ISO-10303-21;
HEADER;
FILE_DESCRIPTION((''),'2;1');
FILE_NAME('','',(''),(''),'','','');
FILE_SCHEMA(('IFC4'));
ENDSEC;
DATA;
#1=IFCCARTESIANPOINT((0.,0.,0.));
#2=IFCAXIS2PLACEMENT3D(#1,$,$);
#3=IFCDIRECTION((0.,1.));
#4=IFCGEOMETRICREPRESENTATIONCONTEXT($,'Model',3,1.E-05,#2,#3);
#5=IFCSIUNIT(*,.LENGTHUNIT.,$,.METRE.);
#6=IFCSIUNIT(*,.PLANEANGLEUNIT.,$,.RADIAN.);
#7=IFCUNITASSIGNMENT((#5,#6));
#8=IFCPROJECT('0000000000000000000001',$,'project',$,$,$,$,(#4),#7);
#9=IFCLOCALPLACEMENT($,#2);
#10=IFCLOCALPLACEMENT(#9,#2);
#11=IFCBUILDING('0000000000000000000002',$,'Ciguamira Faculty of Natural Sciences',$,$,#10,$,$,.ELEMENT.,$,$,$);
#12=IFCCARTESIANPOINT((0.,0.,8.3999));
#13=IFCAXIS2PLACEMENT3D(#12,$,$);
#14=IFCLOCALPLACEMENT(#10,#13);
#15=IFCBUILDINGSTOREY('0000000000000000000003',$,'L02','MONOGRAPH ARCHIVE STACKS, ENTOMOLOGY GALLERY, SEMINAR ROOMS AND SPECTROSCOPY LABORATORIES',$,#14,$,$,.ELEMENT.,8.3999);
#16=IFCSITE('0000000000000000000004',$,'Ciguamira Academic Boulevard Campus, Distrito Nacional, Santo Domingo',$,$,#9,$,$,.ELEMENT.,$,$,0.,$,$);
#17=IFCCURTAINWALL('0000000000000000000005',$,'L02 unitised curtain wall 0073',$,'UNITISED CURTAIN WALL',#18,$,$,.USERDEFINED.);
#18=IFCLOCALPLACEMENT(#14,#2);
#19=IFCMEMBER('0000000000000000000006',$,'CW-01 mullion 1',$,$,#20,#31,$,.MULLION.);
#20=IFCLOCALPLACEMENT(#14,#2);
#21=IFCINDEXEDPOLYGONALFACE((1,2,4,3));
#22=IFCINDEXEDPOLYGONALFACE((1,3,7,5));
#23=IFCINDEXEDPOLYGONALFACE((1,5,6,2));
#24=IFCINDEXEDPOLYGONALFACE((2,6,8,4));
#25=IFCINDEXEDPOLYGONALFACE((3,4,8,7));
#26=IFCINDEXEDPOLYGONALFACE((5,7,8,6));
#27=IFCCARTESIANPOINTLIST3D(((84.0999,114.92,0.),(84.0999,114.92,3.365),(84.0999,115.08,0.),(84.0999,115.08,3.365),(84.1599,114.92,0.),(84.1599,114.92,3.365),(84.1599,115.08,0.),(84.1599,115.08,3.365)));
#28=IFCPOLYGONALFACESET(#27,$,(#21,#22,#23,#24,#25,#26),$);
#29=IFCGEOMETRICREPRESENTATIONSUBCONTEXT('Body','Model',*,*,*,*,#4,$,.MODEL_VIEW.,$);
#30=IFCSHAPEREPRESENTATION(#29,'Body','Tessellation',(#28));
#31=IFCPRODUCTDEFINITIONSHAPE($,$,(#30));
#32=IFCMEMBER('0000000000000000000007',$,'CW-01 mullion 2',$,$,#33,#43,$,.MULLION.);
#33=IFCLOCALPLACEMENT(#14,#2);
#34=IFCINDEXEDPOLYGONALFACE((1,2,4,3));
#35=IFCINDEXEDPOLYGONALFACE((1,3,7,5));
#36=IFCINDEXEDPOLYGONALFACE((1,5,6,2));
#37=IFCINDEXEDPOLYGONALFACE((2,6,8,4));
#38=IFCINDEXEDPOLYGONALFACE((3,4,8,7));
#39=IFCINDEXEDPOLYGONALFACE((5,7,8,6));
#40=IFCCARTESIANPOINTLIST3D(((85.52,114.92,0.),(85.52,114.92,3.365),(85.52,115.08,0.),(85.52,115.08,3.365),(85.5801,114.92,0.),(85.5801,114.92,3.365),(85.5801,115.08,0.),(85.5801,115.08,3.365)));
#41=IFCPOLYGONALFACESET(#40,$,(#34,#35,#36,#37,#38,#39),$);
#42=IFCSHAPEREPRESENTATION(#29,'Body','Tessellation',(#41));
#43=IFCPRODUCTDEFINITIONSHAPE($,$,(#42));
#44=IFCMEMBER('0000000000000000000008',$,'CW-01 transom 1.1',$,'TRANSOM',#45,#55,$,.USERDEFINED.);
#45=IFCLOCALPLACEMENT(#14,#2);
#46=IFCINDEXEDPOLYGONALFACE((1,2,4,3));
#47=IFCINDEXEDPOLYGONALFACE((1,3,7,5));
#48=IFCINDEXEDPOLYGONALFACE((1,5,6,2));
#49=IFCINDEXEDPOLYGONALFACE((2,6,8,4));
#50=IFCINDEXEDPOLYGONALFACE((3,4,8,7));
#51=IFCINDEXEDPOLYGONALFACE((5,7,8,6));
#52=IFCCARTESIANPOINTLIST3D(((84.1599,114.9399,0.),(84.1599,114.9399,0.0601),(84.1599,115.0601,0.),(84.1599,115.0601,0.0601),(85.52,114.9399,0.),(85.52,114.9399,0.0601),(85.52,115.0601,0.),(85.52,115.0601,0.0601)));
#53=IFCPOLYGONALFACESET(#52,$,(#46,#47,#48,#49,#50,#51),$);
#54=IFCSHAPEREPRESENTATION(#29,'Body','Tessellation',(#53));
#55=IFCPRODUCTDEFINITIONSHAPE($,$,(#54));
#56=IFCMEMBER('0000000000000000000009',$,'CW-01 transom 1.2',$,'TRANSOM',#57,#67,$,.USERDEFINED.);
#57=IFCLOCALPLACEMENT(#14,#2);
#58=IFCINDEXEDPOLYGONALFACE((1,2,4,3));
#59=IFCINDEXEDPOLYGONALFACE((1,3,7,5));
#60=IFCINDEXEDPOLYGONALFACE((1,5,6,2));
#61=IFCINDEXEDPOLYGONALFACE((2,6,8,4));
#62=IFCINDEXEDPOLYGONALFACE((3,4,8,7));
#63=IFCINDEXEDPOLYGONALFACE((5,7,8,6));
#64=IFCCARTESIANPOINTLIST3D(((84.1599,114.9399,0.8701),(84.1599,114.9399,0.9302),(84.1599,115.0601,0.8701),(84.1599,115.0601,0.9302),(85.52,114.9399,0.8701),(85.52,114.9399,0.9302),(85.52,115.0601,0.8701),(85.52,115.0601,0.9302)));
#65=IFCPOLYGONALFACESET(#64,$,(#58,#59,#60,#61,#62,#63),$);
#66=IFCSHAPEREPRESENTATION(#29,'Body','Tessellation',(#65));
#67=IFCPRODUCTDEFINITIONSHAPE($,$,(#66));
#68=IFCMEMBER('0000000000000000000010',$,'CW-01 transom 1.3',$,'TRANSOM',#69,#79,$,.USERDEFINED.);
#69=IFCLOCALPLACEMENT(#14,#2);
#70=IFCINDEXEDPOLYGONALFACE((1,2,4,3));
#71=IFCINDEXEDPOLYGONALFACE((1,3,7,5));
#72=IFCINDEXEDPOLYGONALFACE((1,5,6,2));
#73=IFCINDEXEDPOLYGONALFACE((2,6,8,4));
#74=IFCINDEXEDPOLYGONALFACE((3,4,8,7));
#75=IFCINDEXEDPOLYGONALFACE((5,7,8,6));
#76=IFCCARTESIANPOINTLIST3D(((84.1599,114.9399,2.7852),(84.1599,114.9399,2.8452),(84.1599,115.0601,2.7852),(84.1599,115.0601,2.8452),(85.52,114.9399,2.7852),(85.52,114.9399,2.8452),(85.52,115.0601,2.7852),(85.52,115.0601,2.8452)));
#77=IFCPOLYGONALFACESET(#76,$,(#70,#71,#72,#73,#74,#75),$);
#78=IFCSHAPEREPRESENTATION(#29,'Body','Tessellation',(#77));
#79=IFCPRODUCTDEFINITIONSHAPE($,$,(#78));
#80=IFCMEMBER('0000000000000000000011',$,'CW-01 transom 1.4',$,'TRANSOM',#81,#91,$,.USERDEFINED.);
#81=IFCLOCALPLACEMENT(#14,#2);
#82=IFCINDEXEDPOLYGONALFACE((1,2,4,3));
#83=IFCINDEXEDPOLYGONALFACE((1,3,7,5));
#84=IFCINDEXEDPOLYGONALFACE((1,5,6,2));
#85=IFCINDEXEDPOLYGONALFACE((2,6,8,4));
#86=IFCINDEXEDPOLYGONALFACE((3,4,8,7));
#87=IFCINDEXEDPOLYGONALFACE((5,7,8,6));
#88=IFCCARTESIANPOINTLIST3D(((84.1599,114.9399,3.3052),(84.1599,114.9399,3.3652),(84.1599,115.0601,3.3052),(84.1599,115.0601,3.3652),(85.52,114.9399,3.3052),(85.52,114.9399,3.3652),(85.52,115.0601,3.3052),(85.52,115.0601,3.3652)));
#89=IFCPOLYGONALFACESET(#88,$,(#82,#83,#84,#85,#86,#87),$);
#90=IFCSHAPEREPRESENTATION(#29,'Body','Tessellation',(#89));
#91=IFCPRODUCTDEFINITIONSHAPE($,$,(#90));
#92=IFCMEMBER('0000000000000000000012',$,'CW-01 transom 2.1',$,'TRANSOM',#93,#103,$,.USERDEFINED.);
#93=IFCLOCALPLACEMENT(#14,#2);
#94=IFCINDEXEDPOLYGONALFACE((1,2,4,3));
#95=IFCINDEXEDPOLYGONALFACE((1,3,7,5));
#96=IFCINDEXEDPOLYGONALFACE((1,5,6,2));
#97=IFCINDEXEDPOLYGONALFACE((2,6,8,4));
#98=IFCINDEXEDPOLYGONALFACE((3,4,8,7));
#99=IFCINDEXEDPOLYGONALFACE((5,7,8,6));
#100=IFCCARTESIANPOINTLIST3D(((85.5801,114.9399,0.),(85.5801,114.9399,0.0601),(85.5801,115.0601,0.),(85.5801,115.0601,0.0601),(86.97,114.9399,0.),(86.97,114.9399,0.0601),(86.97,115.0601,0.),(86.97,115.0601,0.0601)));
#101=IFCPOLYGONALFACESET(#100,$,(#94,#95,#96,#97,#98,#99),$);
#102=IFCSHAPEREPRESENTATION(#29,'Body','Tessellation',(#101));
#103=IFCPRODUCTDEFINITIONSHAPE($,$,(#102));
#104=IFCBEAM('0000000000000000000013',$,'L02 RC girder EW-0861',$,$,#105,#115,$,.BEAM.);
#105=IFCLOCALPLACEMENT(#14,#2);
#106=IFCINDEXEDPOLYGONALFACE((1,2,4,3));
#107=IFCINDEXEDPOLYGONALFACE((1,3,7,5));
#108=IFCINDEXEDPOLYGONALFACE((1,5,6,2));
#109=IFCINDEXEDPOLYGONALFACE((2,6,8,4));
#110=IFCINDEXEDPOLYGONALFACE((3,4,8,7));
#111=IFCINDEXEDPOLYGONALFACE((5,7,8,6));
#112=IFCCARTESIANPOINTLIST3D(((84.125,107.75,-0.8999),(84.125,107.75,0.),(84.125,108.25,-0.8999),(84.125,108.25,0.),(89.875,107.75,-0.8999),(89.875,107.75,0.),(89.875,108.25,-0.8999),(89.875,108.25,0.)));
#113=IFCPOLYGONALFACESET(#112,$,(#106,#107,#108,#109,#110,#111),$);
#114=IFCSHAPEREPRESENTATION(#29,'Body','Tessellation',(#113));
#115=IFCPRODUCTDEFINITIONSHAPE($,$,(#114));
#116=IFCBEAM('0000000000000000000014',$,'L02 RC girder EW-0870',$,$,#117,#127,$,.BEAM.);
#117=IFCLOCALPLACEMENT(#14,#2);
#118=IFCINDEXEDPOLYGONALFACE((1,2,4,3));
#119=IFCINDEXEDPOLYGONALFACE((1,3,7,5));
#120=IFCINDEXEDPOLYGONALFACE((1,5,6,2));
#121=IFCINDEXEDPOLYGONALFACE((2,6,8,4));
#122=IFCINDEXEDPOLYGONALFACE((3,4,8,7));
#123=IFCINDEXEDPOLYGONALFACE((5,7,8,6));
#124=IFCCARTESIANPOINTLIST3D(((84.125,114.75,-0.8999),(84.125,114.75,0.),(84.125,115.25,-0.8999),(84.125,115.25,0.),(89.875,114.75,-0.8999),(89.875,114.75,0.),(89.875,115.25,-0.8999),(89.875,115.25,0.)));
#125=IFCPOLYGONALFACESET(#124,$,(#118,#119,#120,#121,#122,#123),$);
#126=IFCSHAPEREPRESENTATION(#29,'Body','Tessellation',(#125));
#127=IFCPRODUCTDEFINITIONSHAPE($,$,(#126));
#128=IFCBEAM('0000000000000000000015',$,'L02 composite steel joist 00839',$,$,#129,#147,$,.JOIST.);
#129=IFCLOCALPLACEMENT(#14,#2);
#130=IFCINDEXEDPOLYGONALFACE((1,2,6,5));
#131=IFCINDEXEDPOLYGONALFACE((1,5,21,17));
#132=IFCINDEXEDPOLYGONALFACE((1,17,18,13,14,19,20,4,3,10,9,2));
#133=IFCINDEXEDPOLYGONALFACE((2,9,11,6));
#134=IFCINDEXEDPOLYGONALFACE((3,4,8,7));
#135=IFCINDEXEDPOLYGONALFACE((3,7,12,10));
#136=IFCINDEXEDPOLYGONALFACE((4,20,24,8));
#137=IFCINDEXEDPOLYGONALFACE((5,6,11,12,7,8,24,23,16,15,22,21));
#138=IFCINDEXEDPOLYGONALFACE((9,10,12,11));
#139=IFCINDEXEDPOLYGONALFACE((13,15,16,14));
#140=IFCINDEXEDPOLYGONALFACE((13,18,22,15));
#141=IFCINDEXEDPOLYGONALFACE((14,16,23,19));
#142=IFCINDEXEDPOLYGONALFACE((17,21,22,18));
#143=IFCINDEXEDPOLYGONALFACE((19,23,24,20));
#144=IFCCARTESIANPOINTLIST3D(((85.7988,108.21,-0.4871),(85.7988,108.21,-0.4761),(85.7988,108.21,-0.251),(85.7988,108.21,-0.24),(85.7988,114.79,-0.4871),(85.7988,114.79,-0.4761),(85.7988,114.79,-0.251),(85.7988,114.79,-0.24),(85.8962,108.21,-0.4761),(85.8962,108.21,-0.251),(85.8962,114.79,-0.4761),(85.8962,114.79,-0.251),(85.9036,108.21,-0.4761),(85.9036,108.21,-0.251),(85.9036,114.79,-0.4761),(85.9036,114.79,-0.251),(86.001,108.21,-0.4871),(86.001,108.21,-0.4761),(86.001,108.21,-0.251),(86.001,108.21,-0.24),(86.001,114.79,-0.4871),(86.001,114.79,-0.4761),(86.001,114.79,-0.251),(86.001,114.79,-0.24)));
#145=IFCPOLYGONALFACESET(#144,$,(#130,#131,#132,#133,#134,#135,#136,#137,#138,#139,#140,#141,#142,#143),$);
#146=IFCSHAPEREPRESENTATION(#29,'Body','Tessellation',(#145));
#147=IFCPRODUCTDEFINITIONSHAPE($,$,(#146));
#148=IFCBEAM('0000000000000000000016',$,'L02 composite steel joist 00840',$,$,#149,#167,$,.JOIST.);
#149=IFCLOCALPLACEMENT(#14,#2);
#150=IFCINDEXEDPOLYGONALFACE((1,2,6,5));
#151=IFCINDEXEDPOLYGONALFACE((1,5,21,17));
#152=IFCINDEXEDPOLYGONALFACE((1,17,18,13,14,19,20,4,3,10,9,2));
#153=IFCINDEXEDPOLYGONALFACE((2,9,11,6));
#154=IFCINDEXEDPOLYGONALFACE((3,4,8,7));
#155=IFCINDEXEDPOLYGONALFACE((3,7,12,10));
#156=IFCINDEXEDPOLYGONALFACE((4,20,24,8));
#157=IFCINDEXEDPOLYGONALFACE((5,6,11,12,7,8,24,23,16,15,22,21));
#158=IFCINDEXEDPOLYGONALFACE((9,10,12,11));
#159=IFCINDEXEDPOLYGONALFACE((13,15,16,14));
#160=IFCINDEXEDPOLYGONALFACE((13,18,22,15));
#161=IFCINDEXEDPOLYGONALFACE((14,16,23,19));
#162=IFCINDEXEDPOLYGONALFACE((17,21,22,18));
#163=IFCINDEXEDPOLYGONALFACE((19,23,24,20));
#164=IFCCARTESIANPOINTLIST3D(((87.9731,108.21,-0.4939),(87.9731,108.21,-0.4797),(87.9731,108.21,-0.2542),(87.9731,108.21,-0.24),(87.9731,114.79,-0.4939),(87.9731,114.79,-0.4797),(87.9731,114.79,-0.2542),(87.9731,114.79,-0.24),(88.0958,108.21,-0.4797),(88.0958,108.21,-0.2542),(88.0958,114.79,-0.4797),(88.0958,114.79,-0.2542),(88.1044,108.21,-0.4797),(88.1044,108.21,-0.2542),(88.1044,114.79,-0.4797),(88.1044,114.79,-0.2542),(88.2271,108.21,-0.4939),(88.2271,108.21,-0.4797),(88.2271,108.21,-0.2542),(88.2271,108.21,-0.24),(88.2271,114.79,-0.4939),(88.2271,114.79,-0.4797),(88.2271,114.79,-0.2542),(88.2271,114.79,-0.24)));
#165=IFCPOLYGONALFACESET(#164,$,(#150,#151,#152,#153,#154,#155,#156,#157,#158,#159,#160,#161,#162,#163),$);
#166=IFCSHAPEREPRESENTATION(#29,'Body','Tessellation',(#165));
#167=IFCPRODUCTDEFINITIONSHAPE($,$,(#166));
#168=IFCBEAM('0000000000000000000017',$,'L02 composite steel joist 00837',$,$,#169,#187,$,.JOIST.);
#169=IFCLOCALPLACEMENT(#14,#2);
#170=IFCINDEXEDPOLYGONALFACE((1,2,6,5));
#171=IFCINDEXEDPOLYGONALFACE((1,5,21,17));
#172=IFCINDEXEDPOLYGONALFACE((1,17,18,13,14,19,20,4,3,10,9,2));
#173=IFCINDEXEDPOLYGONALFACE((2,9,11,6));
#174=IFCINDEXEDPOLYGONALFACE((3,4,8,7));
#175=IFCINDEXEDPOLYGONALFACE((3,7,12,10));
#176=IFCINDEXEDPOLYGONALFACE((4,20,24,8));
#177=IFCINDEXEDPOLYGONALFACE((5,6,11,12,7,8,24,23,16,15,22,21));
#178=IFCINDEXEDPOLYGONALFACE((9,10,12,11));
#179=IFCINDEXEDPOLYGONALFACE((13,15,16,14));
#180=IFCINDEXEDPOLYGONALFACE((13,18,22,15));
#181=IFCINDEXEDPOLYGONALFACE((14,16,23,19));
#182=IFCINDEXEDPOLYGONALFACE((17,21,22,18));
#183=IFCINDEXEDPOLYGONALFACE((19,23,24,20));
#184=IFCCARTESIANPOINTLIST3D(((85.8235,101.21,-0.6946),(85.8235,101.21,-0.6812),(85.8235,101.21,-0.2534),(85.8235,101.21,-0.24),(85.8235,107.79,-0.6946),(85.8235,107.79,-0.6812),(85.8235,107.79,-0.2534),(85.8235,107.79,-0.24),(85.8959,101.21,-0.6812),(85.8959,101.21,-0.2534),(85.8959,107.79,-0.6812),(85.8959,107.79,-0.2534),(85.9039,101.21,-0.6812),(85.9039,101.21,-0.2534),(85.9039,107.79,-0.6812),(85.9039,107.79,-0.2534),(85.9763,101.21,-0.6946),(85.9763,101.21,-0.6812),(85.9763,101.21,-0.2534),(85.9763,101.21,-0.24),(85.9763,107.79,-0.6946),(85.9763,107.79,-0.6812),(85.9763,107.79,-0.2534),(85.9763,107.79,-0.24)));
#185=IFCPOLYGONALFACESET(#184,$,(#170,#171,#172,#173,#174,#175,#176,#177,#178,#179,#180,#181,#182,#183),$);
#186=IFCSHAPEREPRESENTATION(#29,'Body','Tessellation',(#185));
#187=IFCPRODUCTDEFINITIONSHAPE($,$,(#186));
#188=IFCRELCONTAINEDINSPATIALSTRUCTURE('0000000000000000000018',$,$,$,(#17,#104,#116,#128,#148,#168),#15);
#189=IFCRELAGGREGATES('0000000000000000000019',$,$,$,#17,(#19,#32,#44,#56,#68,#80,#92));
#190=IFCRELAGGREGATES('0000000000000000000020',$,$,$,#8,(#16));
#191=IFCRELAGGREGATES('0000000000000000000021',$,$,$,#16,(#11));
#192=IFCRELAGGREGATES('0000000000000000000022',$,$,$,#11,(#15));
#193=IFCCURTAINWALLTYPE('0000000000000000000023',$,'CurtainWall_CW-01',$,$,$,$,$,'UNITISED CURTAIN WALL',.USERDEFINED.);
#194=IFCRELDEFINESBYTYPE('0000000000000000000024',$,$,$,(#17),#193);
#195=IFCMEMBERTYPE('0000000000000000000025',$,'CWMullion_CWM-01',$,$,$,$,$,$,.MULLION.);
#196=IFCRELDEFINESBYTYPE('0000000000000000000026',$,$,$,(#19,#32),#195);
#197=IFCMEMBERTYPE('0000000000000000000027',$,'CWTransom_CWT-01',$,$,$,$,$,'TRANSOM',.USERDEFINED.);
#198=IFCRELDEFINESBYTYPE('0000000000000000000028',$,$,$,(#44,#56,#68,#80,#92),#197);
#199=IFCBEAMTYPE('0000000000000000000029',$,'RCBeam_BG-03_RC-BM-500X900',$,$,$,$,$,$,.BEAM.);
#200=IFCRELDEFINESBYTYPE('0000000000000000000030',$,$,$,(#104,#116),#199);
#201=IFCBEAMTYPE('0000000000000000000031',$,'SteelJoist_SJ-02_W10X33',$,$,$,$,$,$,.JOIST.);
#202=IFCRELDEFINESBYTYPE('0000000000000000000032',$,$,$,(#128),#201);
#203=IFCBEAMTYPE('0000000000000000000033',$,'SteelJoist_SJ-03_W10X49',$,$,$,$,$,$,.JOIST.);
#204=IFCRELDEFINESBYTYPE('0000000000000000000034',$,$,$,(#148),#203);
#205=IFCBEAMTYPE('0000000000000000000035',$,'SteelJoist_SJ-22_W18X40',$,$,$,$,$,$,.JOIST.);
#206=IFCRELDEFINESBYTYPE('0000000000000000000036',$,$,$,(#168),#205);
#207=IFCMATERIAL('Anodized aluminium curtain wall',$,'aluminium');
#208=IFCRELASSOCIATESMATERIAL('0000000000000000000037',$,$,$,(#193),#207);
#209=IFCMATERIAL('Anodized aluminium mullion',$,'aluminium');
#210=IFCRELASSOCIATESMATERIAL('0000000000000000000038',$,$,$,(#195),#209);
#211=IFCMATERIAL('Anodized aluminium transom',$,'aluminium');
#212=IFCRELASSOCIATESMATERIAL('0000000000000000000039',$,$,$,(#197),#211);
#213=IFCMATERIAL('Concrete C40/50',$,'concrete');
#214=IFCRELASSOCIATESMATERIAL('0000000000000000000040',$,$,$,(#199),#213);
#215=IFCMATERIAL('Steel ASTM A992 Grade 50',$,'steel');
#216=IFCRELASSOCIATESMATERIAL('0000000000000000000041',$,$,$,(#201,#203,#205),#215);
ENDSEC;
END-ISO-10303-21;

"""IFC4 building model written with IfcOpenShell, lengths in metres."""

from ifc_helpers import new_model, si_unit, direction, frame, origin, origin_2d, place, context, subcontext, project, spatial, rectangle, i_section, extrude, material, material_profile, profile_set, type_object, element, aggregate, save


model = new_model("IFC4")

# Units and contexts
model_context = context("Model", 3, precision=1e-05, world=origin(), true_north=direction((0.0, 1.0)))
body_context = subcontext(model_context, "Body", "Model", "MODEL_VIEW")
ifc_project = project(units=[si_unit("LENGTHUNIT", "METRE"), si_unit("PLANEANGLEUNIT", "RADIAN")], contexts=[model_context])

# Site, building, storey
site_placement = place(None, origin())
site = spatial("IfcSite", under=ifc_project, at=site_placement, Name="Ciguamira Academic Boulevard Campus, Distrito Nacional, Santo Domingo", CompositionType="ELEMENT", RefElevation=0.0)
building_placement = place(site_placement, origin())
building = spatial("IfcBuilding", under=site, at=building_placement, Name="Ciguamira Faculty of Natural Sciences", CompositionType="ELEMENT")
storey_placement = place(building_placement, frame((0.0, 0.0, 8.3999)))
storey = spatial("IfcBuildingStorey", under=building, at=storey_placement, Name="L02", Description="MONOGRAPH ARCHIVE STACKS, ENTOMOLOGY GALLERY, SEMINAR ROOMS AND SPECTROSCOPY LABORATORIES", CompositionType="ELEMENT", Elevation=8.3999)

# Curtain wall, members
ifc_material_1 = material(Name="Anodized aluminium curtain wall", Category="aluminium")
curtain_wall_type = type_object("IfcCurtainWallType", Name="CurtainWall_CW-01", ElementType="UNITISED CURTAIN WALL", PredefinedType="USERDEFINED", material=ifc_material_1)
curtain_wall_placement = place(storey_placement, origin())
curtain_wall = element("IfcCurtainWall", 1, at=curtain_wall_placement, inside=storey, type_object=curtain_wall_type, Name="L02 unitised curtain wall 0073", ObjectType="UNITISED CURTAIN WALL", PredefinedType="USERDEFINED")
ifc_material_2 = material(Name="Anodized aluminium mullion", Category="aluminium")
ifc_material_profile_1 = material_profile(ifc_material_2, rectangle(XDim=0.0601, YDim=0.1599, at=origin_2d()), Name="ALU-MUL-60X160")
ifc_profile_set_1 = profile_set([ifc_material_profile_1], Name="Anodized aluminium mullion")
member_type_1 = type_object("IfcMemberType", Name="CWMullion_CWM-01", PredefinedType="MULLION", material=ifc_profile_set_1)
member_1_placement = place(storey_placement, frame((84.1299, 115.0, 0.0), z_axis=(0.0, 0.0, 1.0), x_axis=(1.0, 0.0, 0.0)))
member_1 = element("IfcMember", 2, at=member_1_placement, type_object=member_type_1, Name="CW-01 mullion 1", PredefinedType="MULLION", context=body_context, shape_type="SweptSolid", body=[
    extrude(rectangle(XDim=0.0601, YDim=0.1599, at=origin_2d()), origin(), (0.0, 0.0, 1.0), 3.365),
])
member_2_placement = place(storey_placement, frame((85.55, 115.0, 0.0), z_axis=(0.0, 0.0, 1.0), x_axis=(1.0, 0.0, 0.0)))
member_2 = element("IfcMember", 3, at=member_2_placement, type_object=member_type_1, Name="CW-01 mullion 2", PredefinedType="MULLION", context=body_context, shape_type="SweptSolid", body=[
    extrude(rectangle(XDim=0.0601, YDim=0.1599, at=origin_2d()), origin(), (0.0, 0.0, 1.0), 3.365),
])
ifc_material_3 = material(Name="Anodized aluminium transom", Category="aluminium")
ifc_material_profile_2 = material_profile(ifc_material_3, rectangle(XDim=0.0601, YDim=0.1201, at=origin_2d()), Name="ALU-TRN-60X120")
ifc_profile_set_2 = profile_set([ifc_material_profile_2], Name="Anodized aluminium transom")
member_type_2 = type_object("IfcMemberType", Name="CWTransom_CWT-01", ElementType="TRANSOM", PredefinedType="USERDEFINED", material=ifc_profile_set_2)
member_3_placement = place(storey_placement, frame((84.1599, 115.0, 0.03), z_axis=(1.0, 0.0, 0.0), x_axis=(0.0, 0.0, 1.0)))
member_3 = element("IfcMember", 4, at=member_3_placement, type_object=member_type_2, Name="CW-01 transom 1.1", ObjectType="TRANSOM", PredefinedType="USERDEFINED", context=body_context, shape_type="SweptSolid", body=[
    extrude(rectangle(XDim=0.0601, YDim=0.1201, at=origin_2d()), origin(), (0.0, 0.0, 1.0), 1.3601),
])
member_4_placement = place(storey_placement, frame((84.1599, 115.0, 0.9001), z_axis=(1.0, 0.0, 0.0), x_axis=(0.0, 0.0, 1.0)))
member_4 = element("IfcMember", 5, at=member_4_placement, type_object=member_type_2, Name="CW-01 transom 1.2", ObjectType="TRANSOM", PredefinedType="USERDEFINED", context=body_context, shape_type="SweptSolid", body=[
    extrude(rectangle(XDim=0.0601, YDim=0.1201, at=origin_2d()), origin(), (0.0, 0.0, 1.0), 1.3601),
])
member_5_placement = place(storey_placement, frame((84.1599, 115.0, 2.8152), z_axis=(1.0, 0.0, 0.0), x_axis=(0.0, 0.0, 1.0)))
member_5 = element("IfcMember", 6, at=member_5_placement, type_object=member_type_2, Name="CW-01 transom 1.3", ObjectType="TRANSOM", PredefinedType="USERDEFINED", context=body_context, shape_type="SweptSolid", body=[
    extrude(rectangle(XDim=0.0601, YDim=0.1201, at=origin_2d()), origin(), (0.0, 0.0, 1.0), 1.3601),
])
member_6_placement = place(storey_placement, frame((84.1599, 115.0, 3.3352), z_axis=(1.0, 0.0, 0.0), x_axis=(0.0, 0.0, 1.0)))
member_6 = element("IfcMember", 7, at=member_6_placement, type_object=member_type_2, Name="CW-01 transom 1.4", ObjectType="TRANSOM", PredefinedType="USERDEFINED", context=body_context, shape_type="SweptSolid", body=[
    extrude(rectangle(XDim=0.0601, YDim=0.1201, at=origin_2d()), origin(), (0.0, 0.0, 1.0), 1.3601),
])
member_7_placement = place(storey_placement, frame((85.5801, 115.0, 0.03), z_axis=(1.0, 0.0, 0.0), x_axis=(0.0, 0.0, 1.0)))
member_7 = element("IfcMember", 8, at=member_7_placement, type_object=member_type_2, Name="CW-01 transom 2.1", ObjectType="TRANSOM", PredefinedType="USERDEFINED", context=body_context, shape_type="SweptSolid", body=[
    extrude(rectangle(XDim=0.0601, YDim=0.1201, at=origin_2d()), origin(), (0.0, 0.0, 1.0), 1.3899),
])

# Beams
ifc_material_4 = material(Name="Concrete C40/50", Category="concrete")
ifc_material_profile_3 = material_profile(ifc_material_4, rectangle(XDim=0.5, YDim=0.8999, at=origin_2d()), Name="RC-BM-500X900")
ifc_profile_set_3 = profile_set([ifc_material_profile_3], Name="Concrete C40/50")
beam_type_1 = type_object("IfcBeamType", Name="RCBeam_BG-03_RC-BM-500X900", PredefinedType="BEAM", material=ifc_profile_set_3)
for number, where, z_axis, x_axis, name in (
    (9, (84.125, 108.0, -0.45), (1.0, 0.0, 0.0), (0.0, 1.0, 0.0), "L02 RC girder EW-0861"),
    (10, (84.125, 115.0, -0.45), (1.0, 0.0, 0.0), (0.0, 1.0, 0.0), "L02 RC girder EW-0870"),
):
    element("IfcBeam", number, at=place(storey_placement, frame(where, z_axis=z_axis, x_axis=x_axis)), inside=storey, type_object=beam_type_1, Name=name, PredefinedType="BEAM", context=body_context, shape_type="SweptSolid", body=[
        extrude(rectangle(XDim=0.5, YDim=0.8999, at=origin_2d()), origin(), (0.0, 0.0, 1.0), 5.75),
    ])
ifc_material_5 = material(Name="Steel ASTM A992 Grade 50", Category="steel")
ifc_material_profile_4 = material_profile(ifc_material_5, i_section(OverallWidth=0.2021, OverallDepth=0.2471, WebThickness=0.0073, FlangeThickness=0.011, at=origin_2d()), Name="W10X33")
ifc_profile_set_4 = profile_set([ifc_material_profile_4], Name="Steel ASTM A992 Grade 50")
beam_type_2 = type_object("IfcBeamType", Name="SteelJoist_SJ-02_W10X33", PredefinedType="JOIST", material=ifc_profile_set_4)
beam_1_placement = place(storey_placement, frame((85.8999, 108.21, -0.3635), z_axis=(0.0, 1.0, 0.0), x_axis=(-1.0, 0.0, 0.0)))
element("IfcBeam", 11, at=beam_1_placement, inside=storey, type_object=beam_type_2, Name="L02 composite steel joist 00839", PredefinedType="JOIST", context=body_context, shape_type="SweptSolid", body=[
    extrude(i_section(OverallWidth=0.2021, OverallDepth=0.2471, WebThickness=0.0073, FlangeThickness=0.011, at=origin_2d()), origin(), (0.0, 0.0, 1.0), 6.5801),
])
ifc_material_profile_5 = material_profile(ifc_material_5, i_section(OverallWidth=0.2539, OverallDepth=0.2539, WebThickness=0.0085, FlangeThickness=0.0142, at=origin_2d()), Name="W10X49")
ifc_profile_set_5 = profile_set([ifc_material_profile_5], Name="Steel ASTM A992 Grade 50")
beam_type_3 = type_object("IfcBeamType", Name="SteelJoist_SJ-03_W10X49", PredefinedType="JOIST", material=ifc_profile_set_5)
beam_2_placement = place(storey_placement, frame((88.1001, 108.21, -0.3669), z_axis=(0.0, 1.0, 0.0), x_axis=(-1.0, 0.0, 0.0)))
element("IfcBeam", 12, at=beam_2_placement, inside=storey, type_object=beam_type_3, Name="L02 composite steel joist 00840", PredefinedType="JOIST", context=body_context, shape_type="SweptSolid", body=[
    extrude(i_section(OverallWidth=0.2539, OverallDepth=0.2539, WebThickness=0.0085, FlangeThickness=0.0142, at=origin_2d()), origin(), (0.0, 0.0, 1.0), 6.5801),
])
ifc_material_profile_6 = material_profile(ifc_material_5, i_section(OverallWidth=0.1528, OverallDepth=0.4546, WebThickness=0.0081, FlangeThickness=0.0134, at=origin_2d()), Name="W18X40")
ifc_profile_set_6 = profile_set([ifc_material_profile_6], Name="Steel ASTM A992 Grade 50")
beam_type_4 = type_object("IfcBeamType", Name="SteelJoist_SJ-22_W18X40", PredefinedType="JOIST", material=ifc_profile_set_6)
beam_3_placement = place(storey_placement, frame((85.8999, 101.21, -0.4673), z_axis=(0.0, 1.0, 0.0), x_axis=(-1.0, 0.0, 0.0)))
element("IfcBeam", 13, at=beam_3_placement, inside=storey, type_object=beam_type_4, Name="L02 composite steel joist 00837", PredefinedType="JOIST", context=body_context, shape_type="SweptSolid", body=[
    extrude(i_section(OverallWidth=0.1528, OverallDepth=0.4546, WebThickness=0.0081, FlangeThickness=0.0134, at=origin_2d()), origin(), (0.0, 0.0, 1.0), 6.5801),
])

aggregate(curtain_wall, [member_1, member_2, member_3, member_4, member_5, member_6, member_7])

save(model, "model.ifc")
